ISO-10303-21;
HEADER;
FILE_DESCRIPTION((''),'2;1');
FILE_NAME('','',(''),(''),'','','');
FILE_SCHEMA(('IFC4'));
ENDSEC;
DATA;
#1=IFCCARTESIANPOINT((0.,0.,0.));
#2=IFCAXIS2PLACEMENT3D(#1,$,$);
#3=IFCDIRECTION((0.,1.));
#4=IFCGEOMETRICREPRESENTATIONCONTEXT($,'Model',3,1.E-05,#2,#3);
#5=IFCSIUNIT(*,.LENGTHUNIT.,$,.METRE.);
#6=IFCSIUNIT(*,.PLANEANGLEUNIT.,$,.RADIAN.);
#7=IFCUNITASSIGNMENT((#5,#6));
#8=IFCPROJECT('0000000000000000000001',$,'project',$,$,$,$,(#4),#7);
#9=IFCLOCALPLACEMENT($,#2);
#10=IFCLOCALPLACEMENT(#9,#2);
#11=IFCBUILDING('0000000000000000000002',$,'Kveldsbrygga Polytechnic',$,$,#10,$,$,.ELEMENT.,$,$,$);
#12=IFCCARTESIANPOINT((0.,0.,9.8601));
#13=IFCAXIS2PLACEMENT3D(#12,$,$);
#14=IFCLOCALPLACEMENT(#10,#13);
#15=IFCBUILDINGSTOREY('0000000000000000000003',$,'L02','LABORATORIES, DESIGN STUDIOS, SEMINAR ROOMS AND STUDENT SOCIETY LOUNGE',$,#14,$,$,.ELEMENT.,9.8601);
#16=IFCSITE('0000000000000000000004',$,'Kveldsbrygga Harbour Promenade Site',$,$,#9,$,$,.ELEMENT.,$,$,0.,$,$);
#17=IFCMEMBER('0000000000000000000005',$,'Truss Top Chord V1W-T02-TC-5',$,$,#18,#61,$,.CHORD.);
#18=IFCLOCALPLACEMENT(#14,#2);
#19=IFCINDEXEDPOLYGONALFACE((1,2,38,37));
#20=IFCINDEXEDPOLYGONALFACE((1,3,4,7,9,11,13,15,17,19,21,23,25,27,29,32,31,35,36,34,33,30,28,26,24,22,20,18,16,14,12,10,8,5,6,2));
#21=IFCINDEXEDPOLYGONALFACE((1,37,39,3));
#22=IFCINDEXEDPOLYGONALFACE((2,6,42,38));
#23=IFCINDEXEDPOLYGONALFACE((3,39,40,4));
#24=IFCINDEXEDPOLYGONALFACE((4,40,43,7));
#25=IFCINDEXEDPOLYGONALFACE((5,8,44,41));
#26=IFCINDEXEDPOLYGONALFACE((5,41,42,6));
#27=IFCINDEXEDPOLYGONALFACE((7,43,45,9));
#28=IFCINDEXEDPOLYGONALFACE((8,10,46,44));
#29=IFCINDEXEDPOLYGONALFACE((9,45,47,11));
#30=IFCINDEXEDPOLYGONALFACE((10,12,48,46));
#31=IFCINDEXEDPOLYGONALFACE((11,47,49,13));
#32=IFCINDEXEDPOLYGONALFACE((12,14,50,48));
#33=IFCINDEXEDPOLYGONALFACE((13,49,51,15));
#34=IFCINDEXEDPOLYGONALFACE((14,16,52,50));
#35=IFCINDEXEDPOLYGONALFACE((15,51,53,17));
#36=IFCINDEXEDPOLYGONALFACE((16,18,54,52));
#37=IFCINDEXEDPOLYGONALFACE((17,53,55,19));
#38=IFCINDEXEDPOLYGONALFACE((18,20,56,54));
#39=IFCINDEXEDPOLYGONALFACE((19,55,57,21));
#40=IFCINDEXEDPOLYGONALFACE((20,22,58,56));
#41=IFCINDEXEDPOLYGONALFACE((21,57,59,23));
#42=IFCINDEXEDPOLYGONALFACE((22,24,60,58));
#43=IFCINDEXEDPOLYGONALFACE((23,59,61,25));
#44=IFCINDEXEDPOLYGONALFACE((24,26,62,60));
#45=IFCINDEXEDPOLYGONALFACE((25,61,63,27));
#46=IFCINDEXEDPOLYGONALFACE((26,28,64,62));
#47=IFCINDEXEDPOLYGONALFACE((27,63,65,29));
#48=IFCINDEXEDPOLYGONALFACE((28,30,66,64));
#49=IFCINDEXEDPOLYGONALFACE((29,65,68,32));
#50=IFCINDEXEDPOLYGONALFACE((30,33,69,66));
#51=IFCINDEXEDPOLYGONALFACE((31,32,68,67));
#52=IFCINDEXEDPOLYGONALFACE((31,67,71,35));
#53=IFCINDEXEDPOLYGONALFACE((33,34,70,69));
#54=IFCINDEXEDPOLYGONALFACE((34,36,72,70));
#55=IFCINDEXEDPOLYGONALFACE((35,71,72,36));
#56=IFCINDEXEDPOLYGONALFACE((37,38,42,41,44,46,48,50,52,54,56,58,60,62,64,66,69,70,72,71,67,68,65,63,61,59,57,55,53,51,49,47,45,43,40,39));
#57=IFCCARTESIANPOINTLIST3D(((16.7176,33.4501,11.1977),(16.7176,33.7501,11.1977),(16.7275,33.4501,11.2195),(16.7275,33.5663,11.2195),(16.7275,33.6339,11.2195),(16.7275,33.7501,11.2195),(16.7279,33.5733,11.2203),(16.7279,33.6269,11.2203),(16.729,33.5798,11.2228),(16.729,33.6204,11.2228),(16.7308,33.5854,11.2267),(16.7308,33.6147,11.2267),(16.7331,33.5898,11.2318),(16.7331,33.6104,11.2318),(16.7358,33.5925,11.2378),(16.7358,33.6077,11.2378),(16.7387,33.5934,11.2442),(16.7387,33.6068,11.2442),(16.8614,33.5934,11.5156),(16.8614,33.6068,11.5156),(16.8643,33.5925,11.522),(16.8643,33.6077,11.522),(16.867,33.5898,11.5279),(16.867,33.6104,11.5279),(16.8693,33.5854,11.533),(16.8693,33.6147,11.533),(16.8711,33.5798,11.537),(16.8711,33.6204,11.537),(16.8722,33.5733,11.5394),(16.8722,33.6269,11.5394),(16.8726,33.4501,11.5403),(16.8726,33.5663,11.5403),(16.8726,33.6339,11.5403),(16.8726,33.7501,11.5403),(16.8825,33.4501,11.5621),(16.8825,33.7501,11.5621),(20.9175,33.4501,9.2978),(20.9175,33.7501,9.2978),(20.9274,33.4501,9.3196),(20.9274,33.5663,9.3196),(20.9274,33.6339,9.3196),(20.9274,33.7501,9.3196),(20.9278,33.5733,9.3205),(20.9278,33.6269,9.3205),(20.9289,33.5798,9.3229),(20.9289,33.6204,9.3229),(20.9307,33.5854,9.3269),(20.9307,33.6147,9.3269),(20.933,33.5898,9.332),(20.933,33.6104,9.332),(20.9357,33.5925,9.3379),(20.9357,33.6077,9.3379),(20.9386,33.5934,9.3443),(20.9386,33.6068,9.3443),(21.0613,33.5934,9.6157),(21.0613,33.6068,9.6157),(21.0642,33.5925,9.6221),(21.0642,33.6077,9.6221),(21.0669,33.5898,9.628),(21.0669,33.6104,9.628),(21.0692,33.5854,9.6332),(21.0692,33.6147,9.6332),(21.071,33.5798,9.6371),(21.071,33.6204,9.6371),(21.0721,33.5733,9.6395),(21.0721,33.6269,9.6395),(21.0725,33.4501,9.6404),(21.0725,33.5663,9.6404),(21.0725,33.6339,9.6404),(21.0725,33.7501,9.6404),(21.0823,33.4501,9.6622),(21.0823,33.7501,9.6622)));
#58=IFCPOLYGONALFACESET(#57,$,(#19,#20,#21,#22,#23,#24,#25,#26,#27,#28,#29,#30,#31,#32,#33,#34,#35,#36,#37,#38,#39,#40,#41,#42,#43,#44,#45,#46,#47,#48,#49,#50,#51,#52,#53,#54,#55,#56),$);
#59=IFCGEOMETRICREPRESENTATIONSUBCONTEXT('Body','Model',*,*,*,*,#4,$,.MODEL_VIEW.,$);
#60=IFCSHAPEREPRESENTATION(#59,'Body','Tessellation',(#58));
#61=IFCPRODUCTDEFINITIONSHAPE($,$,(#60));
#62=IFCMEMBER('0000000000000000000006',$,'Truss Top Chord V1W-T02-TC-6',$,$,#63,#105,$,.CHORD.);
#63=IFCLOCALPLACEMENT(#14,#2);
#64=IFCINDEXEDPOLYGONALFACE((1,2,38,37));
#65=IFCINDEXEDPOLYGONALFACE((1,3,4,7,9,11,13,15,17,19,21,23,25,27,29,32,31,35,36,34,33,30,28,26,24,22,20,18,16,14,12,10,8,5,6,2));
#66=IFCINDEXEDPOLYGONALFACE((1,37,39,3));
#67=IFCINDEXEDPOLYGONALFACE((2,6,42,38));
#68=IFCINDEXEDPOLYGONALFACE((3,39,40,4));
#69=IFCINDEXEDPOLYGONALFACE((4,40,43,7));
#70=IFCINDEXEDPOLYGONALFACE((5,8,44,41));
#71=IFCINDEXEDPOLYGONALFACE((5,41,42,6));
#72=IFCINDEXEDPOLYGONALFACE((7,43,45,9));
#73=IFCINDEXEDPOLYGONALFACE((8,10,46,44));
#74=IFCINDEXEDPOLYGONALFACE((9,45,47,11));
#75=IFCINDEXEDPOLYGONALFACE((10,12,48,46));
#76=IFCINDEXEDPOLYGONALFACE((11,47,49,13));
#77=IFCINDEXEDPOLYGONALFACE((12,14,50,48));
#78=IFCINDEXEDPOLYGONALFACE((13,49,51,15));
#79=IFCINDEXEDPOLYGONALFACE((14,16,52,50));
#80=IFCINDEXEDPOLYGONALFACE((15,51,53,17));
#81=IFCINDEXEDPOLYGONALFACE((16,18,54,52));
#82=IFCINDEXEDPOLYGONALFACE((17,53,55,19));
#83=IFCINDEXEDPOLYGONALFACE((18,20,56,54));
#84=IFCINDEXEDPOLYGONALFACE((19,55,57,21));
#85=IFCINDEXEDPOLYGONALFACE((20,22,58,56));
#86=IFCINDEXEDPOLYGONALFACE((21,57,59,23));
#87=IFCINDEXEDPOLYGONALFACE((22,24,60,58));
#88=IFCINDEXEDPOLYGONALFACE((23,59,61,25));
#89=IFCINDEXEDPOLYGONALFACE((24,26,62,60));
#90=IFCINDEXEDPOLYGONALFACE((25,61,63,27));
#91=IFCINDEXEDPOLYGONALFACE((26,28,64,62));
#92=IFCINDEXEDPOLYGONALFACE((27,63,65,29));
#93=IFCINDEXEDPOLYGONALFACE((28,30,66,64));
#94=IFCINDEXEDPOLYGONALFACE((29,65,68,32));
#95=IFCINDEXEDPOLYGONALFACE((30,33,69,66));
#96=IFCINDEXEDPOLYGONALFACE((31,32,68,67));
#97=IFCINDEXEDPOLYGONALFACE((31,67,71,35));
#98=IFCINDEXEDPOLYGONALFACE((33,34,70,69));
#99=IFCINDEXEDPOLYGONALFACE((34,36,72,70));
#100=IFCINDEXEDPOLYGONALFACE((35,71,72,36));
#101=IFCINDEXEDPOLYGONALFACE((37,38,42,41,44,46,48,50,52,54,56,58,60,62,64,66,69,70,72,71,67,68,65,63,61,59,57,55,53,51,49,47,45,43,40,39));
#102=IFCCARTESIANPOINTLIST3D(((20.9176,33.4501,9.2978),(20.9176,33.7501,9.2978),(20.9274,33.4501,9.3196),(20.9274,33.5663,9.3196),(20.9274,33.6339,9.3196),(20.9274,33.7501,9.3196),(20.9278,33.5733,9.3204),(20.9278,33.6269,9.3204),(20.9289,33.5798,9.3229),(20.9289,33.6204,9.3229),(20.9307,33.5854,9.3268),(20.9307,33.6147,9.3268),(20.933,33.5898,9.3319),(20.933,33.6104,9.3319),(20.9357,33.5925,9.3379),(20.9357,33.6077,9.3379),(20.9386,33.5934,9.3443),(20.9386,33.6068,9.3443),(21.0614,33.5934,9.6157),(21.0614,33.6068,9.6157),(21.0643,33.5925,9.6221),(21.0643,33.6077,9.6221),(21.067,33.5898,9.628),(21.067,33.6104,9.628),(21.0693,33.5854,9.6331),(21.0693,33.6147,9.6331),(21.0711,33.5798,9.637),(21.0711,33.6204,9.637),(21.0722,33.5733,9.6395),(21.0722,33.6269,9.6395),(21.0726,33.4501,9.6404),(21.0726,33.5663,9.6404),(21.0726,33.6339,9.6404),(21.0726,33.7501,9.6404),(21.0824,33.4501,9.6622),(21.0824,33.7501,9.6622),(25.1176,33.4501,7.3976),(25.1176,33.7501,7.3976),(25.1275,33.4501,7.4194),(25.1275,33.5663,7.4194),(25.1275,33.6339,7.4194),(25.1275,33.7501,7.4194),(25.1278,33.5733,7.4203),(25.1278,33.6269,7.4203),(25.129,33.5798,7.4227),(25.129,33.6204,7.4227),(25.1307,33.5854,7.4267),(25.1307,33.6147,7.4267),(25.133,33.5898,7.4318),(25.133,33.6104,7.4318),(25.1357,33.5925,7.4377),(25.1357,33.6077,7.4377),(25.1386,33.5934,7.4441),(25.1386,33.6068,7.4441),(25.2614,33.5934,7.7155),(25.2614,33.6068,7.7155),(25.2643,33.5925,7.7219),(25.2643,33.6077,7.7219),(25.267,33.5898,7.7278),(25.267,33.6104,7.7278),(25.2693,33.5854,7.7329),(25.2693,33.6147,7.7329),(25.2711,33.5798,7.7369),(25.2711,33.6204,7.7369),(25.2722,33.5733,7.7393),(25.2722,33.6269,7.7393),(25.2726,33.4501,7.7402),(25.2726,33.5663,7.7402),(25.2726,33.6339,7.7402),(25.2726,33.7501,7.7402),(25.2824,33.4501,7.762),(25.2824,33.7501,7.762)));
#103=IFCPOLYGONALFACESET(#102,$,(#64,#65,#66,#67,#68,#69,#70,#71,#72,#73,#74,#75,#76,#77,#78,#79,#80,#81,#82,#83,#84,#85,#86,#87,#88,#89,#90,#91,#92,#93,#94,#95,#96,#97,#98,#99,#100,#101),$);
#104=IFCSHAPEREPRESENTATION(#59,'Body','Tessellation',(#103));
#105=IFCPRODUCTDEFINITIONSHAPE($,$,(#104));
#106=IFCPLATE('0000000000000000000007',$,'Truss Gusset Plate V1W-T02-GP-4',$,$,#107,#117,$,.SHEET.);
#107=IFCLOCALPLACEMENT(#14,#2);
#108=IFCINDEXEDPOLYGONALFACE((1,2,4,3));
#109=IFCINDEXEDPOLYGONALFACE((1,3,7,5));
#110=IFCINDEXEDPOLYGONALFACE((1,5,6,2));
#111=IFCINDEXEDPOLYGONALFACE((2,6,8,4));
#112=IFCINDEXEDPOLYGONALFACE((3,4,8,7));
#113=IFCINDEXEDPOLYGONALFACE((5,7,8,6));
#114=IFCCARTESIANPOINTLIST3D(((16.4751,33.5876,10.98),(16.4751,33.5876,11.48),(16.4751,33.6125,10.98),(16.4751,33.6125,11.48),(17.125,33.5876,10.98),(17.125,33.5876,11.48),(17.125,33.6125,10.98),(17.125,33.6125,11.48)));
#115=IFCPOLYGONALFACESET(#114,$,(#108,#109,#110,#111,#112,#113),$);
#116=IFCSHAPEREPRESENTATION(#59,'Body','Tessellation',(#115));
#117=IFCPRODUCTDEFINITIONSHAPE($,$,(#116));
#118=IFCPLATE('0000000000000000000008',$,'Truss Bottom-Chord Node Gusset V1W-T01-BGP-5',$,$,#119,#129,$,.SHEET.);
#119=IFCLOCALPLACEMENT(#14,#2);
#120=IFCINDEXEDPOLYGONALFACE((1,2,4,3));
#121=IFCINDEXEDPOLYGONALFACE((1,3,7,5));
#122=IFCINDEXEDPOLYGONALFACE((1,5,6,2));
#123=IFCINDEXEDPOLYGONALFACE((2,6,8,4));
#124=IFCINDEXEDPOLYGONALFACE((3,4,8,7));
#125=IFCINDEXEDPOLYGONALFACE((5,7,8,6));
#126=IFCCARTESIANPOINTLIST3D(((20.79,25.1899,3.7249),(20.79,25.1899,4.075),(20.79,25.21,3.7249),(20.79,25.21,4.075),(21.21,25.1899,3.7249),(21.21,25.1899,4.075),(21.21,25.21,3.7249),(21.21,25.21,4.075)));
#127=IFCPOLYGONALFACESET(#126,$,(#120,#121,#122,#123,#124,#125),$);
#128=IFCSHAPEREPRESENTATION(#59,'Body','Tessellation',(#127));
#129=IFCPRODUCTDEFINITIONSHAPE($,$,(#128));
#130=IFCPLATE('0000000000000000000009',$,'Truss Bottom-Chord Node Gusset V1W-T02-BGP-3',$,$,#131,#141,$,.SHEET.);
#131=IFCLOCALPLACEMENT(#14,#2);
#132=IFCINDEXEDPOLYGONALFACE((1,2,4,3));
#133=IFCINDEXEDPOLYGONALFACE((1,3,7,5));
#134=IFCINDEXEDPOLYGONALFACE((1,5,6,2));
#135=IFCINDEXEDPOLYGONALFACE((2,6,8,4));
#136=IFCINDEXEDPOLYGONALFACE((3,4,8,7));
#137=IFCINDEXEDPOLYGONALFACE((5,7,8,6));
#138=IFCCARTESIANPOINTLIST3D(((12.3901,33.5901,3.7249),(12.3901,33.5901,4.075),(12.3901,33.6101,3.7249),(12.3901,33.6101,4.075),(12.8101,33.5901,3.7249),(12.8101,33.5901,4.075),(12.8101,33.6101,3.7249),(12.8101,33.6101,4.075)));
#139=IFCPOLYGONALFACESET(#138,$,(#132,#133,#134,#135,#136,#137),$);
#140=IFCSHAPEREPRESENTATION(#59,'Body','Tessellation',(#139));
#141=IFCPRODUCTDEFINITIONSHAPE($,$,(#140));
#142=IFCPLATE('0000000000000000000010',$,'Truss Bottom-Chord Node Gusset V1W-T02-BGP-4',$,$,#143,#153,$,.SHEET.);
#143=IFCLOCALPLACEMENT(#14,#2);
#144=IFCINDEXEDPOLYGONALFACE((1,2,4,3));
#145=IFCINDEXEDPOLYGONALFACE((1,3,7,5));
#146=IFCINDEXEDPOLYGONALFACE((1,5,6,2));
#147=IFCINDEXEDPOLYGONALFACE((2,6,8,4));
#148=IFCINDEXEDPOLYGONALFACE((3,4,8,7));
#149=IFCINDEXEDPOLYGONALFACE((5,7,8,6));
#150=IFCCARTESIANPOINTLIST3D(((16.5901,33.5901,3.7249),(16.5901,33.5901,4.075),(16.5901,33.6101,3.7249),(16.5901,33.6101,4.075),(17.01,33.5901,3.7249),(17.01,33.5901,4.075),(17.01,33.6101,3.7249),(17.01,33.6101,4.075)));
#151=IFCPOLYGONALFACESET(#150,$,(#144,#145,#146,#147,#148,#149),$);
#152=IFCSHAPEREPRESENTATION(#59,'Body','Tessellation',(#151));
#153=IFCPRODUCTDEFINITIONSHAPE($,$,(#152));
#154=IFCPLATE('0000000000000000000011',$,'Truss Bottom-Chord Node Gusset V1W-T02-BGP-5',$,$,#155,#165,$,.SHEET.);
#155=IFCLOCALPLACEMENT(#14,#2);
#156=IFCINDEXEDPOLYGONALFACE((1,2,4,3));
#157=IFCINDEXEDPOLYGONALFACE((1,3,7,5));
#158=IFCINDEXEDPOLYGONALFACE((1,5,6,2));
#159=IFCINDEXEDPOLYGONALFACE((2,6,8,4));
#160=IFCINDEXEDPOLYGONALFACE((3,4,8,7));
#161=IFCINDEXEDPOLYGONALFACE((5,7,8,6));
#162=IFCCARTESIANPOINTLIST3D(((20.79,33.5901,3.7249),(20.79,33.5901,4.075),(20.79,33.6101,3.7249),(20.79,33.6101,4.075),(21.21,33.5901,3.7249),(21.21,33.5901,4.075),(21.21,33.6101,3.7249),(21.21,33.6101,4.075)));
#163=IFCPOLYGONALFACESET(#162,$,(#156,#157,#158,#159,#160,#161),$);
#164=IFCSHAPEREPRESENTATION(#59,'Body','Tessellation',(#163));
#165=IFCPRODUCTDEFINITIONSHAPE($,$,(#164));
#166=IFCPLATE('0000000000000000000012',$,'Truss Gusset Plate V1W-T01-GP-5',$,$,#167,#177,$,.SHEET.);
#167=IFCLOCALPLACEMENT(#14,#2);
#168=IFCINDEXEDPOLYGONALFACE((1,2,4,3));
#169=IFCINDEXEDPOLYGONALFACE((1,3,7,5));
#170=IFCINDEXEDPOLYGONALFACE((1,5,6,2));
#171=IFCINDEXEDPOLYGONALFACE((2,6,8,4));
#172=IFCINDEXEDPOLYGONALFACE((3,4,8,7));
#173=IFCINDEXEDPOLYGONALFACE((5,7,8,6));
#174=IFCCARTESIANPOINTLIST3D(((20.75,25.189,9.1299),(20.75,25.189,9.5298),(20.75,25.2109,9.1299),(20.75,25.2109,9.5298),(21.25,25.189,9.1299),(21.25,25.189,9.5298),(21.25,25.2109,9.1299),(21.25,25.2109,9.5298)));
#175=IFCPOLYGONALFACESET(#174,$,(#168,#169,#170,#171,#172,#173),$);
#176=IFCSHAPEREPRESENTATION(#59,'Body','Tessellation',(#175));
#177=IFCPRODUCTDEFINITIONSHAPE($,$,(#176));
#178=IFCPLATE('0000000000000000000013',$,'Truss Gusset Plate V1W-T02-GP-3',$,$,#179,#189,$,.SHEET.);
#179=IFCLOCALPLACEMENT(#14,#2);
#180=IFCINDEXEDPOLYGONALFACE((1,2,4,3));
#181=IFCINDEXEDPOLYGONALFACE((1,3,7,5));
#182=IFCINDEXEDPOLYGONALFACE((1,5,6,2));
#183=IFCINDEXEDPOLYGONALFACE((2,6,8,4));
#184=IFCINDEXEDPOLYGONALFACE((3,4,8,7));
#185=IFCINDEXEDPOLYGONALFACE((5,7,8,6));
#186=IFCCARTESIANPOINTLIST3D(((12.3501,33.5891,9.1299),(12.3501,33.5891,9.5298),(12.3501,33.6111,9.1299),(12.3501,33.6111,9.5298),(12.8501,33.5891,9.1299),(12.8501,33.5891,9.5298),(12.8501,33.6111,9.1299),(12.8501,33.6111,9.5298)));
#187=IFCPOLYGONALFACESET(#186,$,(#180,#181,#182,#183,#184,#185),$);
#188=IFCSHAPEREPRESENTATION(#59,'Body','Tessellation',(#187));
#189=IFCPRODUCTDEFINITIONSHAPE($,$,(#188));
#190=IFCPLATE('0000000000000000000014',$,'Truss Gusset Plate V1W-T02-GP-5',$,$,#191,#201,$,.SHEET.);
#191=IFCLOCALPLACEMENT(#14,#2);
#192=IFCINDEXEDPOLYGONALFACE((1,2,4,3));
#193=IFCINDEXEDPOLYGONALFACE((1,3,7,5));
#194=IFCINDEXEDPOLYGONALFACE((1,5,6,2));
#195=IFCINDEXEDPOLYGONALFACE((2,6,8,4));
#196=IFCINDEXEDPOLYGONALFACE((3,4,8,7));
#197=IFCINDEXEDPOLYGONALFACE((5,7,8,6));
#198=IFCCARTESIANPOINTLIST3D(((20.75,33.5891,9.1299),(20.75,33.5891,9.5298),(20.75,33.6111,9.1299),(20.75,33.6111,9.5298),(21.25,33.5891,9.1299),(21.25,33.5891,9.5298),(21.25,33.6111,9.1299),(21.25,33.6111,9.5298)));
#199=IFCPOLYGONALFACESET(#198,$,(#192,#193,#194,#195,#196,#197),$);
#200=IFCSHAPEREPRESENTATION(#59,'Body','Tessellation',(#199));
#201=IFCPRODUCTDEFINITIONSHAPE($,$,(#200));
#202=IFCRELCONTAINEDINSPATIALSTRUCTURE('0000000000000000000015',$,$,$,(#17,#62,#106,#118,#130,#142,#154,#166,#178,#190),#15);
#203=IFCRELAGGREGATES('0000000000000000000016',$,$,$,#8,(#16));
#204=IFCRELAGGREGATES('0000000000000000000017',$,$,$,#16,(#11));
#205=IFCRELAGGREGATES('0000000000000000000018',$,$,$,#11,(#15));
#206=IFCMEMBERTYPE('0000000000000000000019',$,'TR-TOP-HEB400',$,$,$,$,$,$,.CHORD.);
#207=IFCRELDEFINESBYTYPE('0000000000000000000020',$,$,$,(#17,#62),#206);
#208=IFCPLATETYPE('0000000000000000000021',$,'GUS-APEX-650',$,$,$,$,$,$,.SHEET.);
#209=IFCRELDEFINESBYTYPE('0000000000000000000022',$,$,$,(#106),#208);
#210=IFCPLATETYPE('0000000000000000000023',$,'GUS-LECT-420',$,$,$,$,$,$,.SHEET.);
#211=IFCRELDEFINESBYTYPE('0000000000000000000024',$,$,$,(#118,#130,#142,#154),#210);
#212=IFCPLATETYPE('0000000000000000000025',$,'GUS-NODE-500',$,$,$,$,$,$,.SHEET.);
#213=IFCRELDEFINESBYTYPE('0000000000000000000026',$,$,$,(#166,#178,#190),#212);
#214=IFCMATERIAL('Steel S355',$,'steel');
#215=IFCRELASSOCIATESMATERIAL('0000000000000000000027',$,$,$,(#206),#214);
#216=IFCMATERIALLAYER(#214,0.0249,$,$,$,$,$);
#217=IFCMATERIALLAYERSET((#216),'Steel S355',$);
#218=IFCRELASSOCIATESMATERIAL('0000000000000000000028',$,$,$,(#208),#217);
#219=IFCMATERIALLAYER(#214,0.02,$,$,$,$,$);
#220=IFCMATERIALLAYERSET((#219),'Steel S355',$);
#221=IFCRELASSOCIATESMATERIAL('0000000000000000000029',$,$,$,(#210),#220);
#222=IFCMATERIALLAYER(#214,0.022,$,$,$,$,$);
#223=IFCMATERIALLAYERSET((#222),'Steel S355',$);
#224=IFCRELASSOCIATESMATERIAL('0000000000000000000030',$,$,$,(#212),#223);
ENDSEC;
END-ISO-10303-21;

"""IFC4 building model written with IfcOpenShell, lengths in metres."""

from ifc_helpers import new_model, si_unit, direction, frame, origin, origin_2d, place, context, subcontext, project, spatial, rectangle, i_section, extrude, material, layer, layer_set, material_profile, profile_set, type_object, element, save


model = new_model("IFC4")

# Units and contexts
model_context = context("Model", 3, precision=1e-05, world=origin(), true_north=direction((0.0, 1.0)))
body_context = subcontext(model_context, "Body", "Model", "MODEL_VIEW")
ifc_project = project(units=[si_unit("LENGTHUNIT", "METRE"), si_unit("PLANEANGLEUNIT", "RADIAN")], contexts=[model_context])

# Site, building, storey
site_placement = place(None, origin())
site = spatial("IfcSite", under=ifc_project, at=site_placement, Name="Kveldsbrygga Harbour Promenade Site", CompositionType="ELEMENT", RefElevation=0.0)
building_placement = place(site_placement, origin())
building = spatial("IfcBuilding", under=site, at=building_placement, Name="Kveldsbrygga Polytechnic", CompositionType="ELEMENT")
storey_placement = place(building_placement, frame((0.0, 0.0, 9.8601)))
storey = spatial("IfcBuildingStorey", under=building, at=storey_placement, Name="L02", Description="LABORATORIES, DESIGN STUDIOS, SEMINAR ROOMS AND STUDENT SOCIETY LOUNGE", CompositionType="ELEMENT", Elevation=9.8601)

# Members
ifc_material_1 = material(Name="Steel S355", Category="steel")
ifc_material_profile_1 = material_profile(ifc_material_1, i_section(OverallWidth=0.3, OverallDepth=0.3999, WebThickness=0.0134, FlangeThickness=0.0239, FilletRadius=0.0271, at=origin_2d()), Name="HEB 400")
ifc_profile_set_1 = profile_set([ifc_material_profile_1], Name="Steel S355")
member_type_1 = type_object("IfcMemberType", Name="TR-TOP-HEB400", PredefinedType="CHORD", material=ifc_profile_set_1)
for number, where, z_axis, x_axis, name in (
    (1, (16.8, 33.6001, 11.3799), (0.911114, 0.0, -0.412154), (0.0, 1.0, 0.0), "Truss Top Chord V1W-T02-TC-5"),
):
    element("IfcMember", number, at=place(storey_placement, frame(where, z_axis=z_axis, x_axis=x_axis)), inside=storey, type_object=member_type_1, Name=name, PredefinedType="CHORD", context=body_context, shape_type="SweptSolid", body=[
        extrude(i_section(OverallWidth=0.3, OverallDepth=0.3999, WebThickness=0.0134, FlangeThickness=0.0239, FilletRadius=0.0271, at=origin_2d()), origin(), (0.0, 0.0, 1.0), 4.6096),
    ])
member_1_placement = place(storey_placement, frame((21.0, 33.6001, 9.48), z_axis=(0.911094, 0.0, -0.412198), x_axis=(0.0, 1.0, 0.0)))
element("IfcMember", 2, at=member_1_placement, inside=storey, type_object=member_type_1, Name="Truss Top Chord V1W-T02-TC-6", PredefinedType="CHORD", context=body_context, shape_type="SweptSolid", body=[
    extrude(i_section(OverallWidth=0.3, OverallDepth=0.3999, WebThickness=0.0134, FlangeThickness=0.0239, FilletRadius=0.0271, at=origin_2d()), origin(), (0.0, 0.0, 1.0), 4.6099),
])

# Plates
ifc_layer_1 = layer(ifc_material_1, 0.0249)
ifc_layer_set_1 = layer_set([ifc_layer_1], Name="Steel S355")
plate_type_1 = type_object("IfcPlateType", Name="GUS-APEX-650", PredefinedType="SHEET", material=ifc_layer_set_1)
plate_placement = place(storey_placement, frame((16.8, 33.6001, 10.98), z_axis=(0.0, 0.0, 1.0), x_axis=(1.0, 0.0, 0.0)))
element("IfcPlate", 3, at=plate_placement, inside=storey, type_object=plate_type_1, Name="Truss Gusset Plate V1W-T02-GP-4", PredefinedType="SHEET", context=body_context, shape_type="SweptSolid", body=[
    extrude(rectangle(XDim=0.6499, YDim=0.0249, at=origin_2d()), origin(), (0.0, 0.0, 1.0), 0.5),
])
ifc_layer_2 = layer(ifc_material_1, 0.02)
ifc_layer_set_2 = layer_set([ifc_layer_2], Name="Steel S355")
plate_type_2 = type_object("IfcPlateType", Name="GUS-LECT-420", PredefinedType="SHEET", material=ifc_layer_set_2)
for number, where, z_axis, x_axis, name in (
    (4, (21.0, 25.2, 3.7249), (0.0, 0.0, 1.0), (1.0, 0.0, 0.0), "Truss Bottom-Chord Node Gusset V1W-T01-BGP-5"),
    (5, (12.6001, 33.6001, 3.7249), (0.0, 0.0, 1.0), (1.0, 0.0, 0.0), "Truss Bottom-Chord Node Gusset V1W-T02-BGP-3"),
    (6, (16.8, 33.6001, 3.7249), (0.0, 0.0, 1.0), (1.0, 0.0, 0.0), "Truss Bottom-Chord Node Gusset V1W-T02-BGP-4"),
    (7, (21.0, 33.6001, 3.7249), (0.0, 0.0, 1.0), (1.0, 0.0, 0.0), "Truss Bottom-Chord Node Gusset V1W-T02-BGP-5"),
):
    element("IfcPlate", number, at=place(storey_placement, frame(where, z_axis=z_axis, x_axis=x_axis)), inside=storey, type_object=plate_type_2, Name=name, PredefinedType="SHEET", context=body_context, shape_type="SweptSolid", body=[
        extrude(rectangle(XDim=0.4199, YDim=0.02, at=origin_2d()), origin(), (0.0, 0.0, 1.0), 0.3501),
    ])
ifc_layer_3 = layer(ifc_material_1, 0.022)
ifc_layer_set_3 = layer_set([ifc_layer_3], Name="Steel S355")
plate_type_3 = type_object("IfcPlateType", Name="GUS-NODE-500", PredefinedType="SHEET", material=ifc_layer_set_3)
for number, where, z_axis, x_axis, name in (
    (8, (21.0, 25.2, 9.1299), (0.0, 0.0, 1.0), (1.0, 0.0, 0.0), "Truss Gusset Plate V1W-T01-GP-5"),
    (9, (12.6001, 33.6001, 9.1299), (0.0, 0.0, 1.0), (1.0, 0.0, 0.0), "Truss Gusset Plate V1W-T02-GP-3"),
    (10, (21.0, 33.6001, 9.1299), (0.0, 0.0, 1.0), (1.0, 0.0, 0.0), "Truss Gusset Plate V1W-T02-GP-5"),
):
    element("IfcPlate", number, at=place(storey_placement, frame(where, z_axis=z_axis, x_axis=x_axis)), inside=storey, type_object=plate_type_3, Name=name, PredefinedType="SHEET", context=body_context, shape_type="SweptSolid", body=[
        extrude(rectangle(XDim=0.5, YDim=0.022, at=origin_2d()), origin(), (0.0, 0.0, 1.0), 0.3999),
    ])

save(model, "model.ifc")
